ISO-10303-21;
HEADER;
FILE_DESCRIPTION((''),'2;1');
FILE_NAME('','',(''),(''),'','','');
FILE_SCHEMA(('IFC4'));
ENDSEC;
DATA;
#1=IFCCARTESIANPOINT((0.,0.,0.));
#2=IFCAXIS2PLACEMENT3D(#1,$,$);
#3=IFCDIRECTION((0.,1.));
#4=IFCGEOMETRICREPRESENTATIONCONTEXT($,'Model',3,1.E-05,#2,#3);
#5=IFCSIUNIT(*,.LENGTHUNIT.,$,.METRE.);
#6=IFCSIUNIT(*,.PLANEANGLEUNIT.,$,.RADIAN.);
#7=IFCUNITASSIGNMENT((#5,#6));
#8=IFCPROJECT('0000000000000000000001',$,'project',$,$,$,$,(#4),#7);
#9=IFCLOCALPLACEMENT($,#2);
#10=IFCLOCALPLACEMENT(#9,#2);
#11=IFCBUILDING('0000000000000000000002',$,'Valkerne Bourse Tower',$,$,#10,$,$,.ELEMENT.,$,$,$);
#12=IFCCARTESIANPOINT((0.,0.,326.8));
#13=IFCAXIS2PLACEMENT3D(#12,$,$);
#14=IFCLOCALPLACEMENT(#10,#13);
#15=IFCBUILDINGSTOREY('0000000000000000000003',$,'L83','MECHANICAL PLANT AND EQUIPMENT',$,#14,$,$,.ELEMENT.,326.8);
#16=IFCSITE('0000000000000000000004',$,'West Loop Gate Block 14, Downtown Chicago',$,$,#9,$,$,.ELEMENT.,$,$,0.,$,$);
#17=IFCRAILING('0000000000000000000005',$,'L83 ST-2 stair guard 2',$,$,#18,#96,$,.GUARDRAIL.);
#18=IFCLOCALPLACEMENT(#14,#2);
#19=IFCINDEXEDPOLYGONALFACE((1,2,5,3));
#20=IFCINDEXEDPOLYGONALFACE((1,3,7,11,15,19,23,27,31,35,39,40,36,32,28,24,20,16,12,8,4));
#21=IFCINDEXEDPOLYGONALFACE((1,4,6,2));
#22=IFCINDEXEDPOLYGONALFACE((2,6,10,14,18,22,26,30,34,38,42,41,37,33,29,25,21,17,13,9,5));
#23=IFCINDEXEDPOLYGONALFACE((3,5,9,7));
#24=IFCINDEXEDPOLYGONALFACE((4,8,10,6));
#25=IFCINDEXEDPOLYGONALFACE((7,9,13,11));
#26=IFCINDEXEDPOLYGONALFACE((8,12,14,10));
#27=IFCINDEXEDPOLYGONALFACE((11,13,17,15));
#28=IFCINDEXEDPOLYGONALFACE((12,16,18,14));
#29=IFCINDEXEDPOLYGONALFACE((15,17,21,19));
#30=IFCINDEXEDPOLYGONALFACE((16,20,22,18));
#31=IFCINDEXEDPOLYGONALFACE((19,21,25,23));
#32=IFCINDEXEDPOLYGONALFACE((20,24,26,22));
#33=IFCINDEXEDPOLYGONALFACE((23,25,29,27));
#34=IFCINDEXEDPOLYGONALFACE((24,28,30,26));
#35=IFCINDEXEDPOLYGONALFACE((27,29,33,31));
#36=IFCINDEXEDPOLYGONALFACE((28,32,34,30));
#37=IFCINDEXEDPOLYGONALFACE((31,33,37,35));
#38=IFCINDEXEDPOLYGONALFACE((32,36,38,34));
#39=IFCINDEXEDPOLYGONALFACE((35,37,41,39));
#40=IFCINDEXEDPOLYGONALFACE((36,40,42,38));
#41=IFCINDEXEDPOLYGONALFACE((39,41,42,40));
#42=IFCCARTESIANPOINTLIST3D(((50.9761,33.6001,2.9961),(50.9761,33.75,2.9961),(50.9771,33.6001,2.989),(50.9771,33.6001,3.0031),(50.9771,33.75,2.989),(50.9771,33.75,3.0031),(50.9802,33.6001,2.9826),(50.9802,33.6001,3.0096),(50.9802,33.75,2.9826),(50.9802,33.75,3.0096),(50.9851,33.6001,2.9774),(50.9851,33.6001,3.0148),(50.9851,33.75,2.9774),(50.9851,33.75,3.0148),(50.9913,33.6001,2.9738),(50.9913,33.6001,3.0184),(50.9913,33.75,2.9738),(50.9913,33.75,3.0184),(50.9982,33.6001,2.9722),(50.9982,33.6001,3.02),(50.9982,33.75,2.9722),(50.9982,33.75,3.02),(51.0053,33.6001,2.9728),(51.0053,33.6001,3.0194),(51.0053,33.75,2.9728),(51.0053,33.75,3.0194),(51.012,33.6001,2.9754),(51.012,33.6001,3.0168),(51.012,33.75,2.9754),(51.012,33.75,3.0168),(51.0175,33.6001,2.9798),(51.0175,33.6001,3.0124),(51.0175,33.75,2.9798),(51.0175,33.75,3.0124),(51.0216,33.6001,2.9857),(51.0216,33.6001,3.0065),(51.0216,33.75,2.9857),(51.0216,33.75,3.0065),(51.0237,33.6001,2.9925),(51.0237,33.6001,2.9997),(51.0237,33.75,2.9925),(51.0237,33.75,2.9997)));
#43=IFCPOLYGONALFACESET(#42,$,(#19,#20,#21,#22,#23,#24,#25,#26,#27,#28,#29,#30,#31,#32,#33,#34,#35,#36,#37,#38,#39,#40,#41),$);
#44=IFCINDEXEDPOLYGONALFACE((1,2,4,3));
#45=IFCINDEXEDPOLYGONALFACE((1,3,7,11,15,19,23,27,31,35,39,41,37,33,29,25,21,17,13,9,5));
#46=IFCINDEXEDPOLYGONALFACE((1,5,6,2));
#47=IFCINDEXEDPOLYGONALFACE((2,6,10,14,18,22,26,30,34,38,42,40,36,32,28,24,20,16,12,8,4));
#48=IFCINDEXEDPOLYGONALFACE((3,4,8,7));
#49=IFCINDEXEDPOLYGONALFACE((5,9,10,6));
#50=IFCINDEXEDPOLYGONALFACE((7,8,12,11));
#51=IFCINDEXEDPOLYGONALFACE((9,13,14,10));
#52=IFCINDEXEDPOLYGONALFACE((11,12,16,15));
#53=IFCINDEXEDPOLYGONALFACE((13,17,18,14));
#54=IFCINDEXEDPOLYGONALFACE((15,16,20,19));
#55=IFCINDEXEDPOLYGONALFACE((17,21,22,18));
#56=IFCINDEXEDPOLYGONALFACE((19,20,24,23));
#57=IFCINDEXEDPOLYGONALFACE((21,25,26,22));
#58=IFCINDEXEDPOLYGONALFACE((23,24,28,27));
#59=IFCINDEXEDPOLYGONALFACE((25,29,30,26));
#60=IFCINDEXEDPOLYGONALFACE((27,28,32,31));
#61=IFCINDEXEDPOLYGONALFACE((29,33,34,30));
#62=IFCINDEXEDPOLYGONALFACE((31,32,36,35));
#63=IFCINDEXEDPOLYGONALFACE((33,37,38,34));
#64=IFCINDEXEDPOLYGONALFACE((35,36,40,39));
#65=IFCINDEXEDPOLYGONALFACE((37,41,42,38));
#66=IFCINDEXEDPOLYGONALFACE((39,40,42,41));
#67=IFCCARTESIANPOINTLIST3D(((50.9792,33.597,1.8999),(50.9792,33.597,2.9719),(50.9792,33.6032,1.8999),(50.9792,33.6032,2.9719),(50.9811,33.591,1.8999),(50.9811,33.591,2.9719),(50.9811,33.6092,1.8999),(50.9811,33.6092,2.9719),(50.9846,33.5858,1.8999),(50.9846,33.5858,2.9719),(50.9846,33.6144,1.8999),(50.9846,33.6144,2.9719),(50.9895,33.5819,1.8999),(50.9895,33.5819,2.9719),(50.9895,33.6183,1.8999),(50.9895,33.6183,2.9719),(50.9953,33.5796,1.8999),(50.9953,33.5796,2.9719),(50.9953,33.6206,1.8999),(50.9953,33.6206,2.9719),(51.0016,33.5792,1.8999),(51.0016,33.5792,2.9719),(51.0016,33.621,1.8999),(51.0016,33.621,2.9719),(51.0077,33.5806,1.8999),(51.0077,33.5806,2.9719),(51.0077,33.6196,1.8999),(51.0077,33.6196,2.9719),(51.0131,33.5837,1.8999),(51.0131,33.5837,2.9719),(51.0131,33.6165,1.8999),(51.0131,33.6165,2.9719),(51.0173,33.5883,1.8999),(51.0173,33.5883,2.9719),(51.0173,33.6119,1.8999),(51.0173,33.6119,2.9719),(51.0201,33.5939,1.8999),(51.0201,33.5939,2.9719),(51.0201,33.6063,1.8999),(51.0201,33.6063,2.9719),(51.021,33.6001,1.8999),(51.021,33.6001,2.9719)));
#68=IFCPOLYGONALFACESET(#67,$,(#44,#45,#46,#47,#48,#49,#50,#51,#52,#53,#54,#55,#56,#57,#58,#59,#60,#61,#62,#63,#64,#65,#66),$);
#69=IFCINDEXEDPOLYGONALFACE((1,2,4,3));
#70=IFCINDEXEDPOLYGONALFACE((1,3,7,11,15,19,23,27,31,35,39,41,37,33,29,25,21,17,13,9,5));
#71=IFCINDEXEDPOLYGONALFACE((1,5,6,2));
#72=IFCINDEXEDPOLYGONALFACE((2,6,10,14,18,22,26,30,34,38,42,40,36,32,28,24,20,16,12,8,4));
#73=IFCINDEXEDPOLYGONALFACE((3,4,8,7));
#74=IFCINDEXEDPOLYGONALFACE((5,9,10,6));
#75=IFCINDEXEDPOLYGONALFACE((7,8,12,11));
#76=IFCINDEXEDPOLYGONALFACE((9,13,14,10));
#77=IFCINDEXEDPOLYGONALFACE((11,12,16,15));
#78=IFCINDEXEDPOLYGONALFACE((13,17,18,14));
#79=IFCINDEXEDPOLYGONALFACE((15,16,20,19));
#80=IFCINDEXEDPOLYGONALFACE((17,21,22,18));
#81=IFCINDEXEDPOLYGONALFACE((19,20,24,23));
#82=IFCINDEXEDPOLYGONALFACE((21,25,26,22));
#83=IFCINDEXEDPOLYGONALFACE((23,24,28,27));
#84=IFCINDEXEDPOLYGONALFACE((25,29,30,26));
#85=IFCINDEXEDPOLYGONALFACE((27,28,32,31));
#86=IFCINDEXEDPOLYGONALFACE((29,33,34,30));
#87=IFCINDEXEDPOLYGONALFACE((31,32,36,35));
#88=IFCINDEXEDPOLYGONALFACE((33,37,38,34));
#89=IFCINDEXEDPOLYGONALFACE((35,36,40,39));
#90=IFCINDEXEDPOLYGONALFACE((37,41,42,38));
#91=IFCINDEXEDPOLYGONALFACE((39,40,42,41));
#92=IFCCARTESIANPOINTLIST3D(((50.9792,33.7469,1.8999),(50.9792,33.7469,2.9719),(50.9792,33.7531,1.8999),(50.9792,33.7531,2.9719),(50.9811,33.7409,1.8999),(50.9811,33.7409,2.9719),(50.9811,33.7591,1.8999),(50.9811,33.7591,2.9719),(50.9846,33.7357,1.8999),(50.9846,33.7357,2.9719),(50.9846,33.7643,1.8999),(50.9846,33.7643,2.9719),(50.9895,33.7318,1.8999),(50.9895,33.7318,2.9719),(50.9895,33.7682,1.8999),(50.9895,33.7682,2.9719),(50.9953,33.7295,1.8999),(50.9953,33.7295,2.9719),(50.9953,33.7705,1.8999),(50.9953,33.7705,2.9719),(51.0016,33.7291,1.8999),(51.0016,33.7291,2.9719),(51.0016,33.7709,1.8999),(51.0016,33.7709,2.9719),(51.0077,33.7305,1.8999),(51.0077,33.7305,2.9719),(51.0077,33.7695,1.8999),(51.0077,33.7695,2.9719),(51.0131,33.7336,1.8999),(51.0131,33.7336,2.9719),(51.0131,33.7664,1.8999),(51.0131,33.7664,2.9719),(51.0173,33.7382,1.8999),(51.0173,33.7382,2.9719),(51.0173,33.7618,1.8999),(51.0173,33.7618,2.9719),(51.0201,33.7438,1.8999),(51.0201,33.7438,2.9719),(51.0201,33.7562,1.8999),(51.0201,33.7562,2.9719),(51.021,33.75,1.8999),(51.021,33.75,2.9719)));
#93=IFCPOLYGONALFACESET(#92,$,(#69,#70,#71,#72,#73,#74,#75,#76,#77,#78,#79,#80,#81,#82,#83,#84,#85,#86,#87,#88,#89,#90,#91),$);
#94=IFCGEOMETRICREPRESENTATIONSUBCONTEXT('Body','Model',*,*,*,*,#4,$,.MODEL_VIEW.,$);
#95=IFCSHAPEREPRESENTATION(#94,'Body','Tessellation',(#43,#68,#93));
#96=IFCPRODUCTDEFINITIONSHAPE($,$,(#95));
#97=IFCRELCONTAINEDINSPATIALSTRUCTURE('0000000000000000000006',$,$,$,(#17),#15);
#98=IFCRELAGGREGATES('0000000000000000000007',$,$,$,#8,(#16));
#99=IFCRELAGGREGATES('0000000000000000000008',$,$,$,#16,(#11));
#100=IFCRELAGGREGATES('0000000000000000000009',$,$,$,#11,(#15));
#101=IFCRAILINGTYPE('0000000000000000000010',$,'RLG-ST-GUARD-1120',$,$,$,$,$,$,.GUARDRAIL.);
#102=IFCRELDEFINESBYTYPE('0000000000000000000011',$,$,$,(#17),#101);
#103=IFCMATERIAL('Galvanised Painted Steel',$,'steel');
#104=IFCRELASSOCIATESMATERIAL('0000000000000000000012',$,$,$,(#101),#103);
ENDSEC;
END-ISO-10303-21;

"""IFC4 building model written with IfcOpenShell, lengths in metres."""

from ifc_helpers import new_model, si_unit, direction, frame, origin, origin_2d, place, context, subcontext, project, spatial, circle, extrude, material, type_object, element, save


model = new_model("IFC4")

# Units and contexts
model_context = context("Model", 3, precision=1e-05, world=origin(), true_north=direction((0.0, 1.0)))
body_context = subcontext(model_context, "Body", "Model", "MODEL_VIEW")
ifc_project = project(units=[si_unit("LENGTHUNIT", "METRE"), si_unit("PLANEANGLEUNIT", "RADIAN")], contexts=[model_context])

# Site, building, storey
site_placement = place(None, origin())
site = spatial("IfcSite", under=ifc_project, at=site_placement, Name="West Loop Gate Block 14, Downtown Chicago", CompositionType="ELEMENT", RefElevation=0.0)
building_placement = place(site_placement, origin())
building = spatial("IfcBuilding", under=site, at=building_placement, Name="Valkerne Bourse Tower", CompositionType="ELEMENT")
storey_placement = place(building_placement, frame((0.0, 0.0, 326.8)))
storey = spatial("IfcBuildingStorey", under=building, at=storey_placement, Name="L83", Description="MECHANICAL PLANT AND EQUIPMENT", CompositionType="ELEMENT", Elevation=326.8)

# Railing
ifc_material_1 = material(Name="Galvanised Painted Steel", Category="steel")
railing_type_1 = type_object("IfcRailingType", Name="RLG-ST-GUARD-1120", PredefinedType="GUARDRAIL", material=ifc_material_1)
railing_1_placement = place(storey_placement, frame((51.0, 33.6001, 1.8999)))
element("IfcRailing", 1, at=railing_1_placement, inside=storey, type_object=railing_type_1, Name="L83 ST-2 stair guard 2", PredefinedType="GUARDRAIL", context=body_context, shape_type="SweptSolid", body=[
    extrude(circle(Radius=0.0239, at=origin_2d()), frame((0.0, 0.0, 1.0962), z_axis=(0.0, 1.0, 0.0), x_axis=(-1.0, 0.0, 0.0)), (0.0, 0.0, 1.0), 0.1499),
    extrude(circle(Radius=0.021, at=origin_2d()), origin(), (0.0, 0.0, 1.0), 1.072),
    extrude(circle(Radius=0.021, at=origin_2d()), frame((0.0, 0.1499, 0.0)), (0.0, 0.0, 1.0), 1.072),
])

save(model, "model.ifc")
